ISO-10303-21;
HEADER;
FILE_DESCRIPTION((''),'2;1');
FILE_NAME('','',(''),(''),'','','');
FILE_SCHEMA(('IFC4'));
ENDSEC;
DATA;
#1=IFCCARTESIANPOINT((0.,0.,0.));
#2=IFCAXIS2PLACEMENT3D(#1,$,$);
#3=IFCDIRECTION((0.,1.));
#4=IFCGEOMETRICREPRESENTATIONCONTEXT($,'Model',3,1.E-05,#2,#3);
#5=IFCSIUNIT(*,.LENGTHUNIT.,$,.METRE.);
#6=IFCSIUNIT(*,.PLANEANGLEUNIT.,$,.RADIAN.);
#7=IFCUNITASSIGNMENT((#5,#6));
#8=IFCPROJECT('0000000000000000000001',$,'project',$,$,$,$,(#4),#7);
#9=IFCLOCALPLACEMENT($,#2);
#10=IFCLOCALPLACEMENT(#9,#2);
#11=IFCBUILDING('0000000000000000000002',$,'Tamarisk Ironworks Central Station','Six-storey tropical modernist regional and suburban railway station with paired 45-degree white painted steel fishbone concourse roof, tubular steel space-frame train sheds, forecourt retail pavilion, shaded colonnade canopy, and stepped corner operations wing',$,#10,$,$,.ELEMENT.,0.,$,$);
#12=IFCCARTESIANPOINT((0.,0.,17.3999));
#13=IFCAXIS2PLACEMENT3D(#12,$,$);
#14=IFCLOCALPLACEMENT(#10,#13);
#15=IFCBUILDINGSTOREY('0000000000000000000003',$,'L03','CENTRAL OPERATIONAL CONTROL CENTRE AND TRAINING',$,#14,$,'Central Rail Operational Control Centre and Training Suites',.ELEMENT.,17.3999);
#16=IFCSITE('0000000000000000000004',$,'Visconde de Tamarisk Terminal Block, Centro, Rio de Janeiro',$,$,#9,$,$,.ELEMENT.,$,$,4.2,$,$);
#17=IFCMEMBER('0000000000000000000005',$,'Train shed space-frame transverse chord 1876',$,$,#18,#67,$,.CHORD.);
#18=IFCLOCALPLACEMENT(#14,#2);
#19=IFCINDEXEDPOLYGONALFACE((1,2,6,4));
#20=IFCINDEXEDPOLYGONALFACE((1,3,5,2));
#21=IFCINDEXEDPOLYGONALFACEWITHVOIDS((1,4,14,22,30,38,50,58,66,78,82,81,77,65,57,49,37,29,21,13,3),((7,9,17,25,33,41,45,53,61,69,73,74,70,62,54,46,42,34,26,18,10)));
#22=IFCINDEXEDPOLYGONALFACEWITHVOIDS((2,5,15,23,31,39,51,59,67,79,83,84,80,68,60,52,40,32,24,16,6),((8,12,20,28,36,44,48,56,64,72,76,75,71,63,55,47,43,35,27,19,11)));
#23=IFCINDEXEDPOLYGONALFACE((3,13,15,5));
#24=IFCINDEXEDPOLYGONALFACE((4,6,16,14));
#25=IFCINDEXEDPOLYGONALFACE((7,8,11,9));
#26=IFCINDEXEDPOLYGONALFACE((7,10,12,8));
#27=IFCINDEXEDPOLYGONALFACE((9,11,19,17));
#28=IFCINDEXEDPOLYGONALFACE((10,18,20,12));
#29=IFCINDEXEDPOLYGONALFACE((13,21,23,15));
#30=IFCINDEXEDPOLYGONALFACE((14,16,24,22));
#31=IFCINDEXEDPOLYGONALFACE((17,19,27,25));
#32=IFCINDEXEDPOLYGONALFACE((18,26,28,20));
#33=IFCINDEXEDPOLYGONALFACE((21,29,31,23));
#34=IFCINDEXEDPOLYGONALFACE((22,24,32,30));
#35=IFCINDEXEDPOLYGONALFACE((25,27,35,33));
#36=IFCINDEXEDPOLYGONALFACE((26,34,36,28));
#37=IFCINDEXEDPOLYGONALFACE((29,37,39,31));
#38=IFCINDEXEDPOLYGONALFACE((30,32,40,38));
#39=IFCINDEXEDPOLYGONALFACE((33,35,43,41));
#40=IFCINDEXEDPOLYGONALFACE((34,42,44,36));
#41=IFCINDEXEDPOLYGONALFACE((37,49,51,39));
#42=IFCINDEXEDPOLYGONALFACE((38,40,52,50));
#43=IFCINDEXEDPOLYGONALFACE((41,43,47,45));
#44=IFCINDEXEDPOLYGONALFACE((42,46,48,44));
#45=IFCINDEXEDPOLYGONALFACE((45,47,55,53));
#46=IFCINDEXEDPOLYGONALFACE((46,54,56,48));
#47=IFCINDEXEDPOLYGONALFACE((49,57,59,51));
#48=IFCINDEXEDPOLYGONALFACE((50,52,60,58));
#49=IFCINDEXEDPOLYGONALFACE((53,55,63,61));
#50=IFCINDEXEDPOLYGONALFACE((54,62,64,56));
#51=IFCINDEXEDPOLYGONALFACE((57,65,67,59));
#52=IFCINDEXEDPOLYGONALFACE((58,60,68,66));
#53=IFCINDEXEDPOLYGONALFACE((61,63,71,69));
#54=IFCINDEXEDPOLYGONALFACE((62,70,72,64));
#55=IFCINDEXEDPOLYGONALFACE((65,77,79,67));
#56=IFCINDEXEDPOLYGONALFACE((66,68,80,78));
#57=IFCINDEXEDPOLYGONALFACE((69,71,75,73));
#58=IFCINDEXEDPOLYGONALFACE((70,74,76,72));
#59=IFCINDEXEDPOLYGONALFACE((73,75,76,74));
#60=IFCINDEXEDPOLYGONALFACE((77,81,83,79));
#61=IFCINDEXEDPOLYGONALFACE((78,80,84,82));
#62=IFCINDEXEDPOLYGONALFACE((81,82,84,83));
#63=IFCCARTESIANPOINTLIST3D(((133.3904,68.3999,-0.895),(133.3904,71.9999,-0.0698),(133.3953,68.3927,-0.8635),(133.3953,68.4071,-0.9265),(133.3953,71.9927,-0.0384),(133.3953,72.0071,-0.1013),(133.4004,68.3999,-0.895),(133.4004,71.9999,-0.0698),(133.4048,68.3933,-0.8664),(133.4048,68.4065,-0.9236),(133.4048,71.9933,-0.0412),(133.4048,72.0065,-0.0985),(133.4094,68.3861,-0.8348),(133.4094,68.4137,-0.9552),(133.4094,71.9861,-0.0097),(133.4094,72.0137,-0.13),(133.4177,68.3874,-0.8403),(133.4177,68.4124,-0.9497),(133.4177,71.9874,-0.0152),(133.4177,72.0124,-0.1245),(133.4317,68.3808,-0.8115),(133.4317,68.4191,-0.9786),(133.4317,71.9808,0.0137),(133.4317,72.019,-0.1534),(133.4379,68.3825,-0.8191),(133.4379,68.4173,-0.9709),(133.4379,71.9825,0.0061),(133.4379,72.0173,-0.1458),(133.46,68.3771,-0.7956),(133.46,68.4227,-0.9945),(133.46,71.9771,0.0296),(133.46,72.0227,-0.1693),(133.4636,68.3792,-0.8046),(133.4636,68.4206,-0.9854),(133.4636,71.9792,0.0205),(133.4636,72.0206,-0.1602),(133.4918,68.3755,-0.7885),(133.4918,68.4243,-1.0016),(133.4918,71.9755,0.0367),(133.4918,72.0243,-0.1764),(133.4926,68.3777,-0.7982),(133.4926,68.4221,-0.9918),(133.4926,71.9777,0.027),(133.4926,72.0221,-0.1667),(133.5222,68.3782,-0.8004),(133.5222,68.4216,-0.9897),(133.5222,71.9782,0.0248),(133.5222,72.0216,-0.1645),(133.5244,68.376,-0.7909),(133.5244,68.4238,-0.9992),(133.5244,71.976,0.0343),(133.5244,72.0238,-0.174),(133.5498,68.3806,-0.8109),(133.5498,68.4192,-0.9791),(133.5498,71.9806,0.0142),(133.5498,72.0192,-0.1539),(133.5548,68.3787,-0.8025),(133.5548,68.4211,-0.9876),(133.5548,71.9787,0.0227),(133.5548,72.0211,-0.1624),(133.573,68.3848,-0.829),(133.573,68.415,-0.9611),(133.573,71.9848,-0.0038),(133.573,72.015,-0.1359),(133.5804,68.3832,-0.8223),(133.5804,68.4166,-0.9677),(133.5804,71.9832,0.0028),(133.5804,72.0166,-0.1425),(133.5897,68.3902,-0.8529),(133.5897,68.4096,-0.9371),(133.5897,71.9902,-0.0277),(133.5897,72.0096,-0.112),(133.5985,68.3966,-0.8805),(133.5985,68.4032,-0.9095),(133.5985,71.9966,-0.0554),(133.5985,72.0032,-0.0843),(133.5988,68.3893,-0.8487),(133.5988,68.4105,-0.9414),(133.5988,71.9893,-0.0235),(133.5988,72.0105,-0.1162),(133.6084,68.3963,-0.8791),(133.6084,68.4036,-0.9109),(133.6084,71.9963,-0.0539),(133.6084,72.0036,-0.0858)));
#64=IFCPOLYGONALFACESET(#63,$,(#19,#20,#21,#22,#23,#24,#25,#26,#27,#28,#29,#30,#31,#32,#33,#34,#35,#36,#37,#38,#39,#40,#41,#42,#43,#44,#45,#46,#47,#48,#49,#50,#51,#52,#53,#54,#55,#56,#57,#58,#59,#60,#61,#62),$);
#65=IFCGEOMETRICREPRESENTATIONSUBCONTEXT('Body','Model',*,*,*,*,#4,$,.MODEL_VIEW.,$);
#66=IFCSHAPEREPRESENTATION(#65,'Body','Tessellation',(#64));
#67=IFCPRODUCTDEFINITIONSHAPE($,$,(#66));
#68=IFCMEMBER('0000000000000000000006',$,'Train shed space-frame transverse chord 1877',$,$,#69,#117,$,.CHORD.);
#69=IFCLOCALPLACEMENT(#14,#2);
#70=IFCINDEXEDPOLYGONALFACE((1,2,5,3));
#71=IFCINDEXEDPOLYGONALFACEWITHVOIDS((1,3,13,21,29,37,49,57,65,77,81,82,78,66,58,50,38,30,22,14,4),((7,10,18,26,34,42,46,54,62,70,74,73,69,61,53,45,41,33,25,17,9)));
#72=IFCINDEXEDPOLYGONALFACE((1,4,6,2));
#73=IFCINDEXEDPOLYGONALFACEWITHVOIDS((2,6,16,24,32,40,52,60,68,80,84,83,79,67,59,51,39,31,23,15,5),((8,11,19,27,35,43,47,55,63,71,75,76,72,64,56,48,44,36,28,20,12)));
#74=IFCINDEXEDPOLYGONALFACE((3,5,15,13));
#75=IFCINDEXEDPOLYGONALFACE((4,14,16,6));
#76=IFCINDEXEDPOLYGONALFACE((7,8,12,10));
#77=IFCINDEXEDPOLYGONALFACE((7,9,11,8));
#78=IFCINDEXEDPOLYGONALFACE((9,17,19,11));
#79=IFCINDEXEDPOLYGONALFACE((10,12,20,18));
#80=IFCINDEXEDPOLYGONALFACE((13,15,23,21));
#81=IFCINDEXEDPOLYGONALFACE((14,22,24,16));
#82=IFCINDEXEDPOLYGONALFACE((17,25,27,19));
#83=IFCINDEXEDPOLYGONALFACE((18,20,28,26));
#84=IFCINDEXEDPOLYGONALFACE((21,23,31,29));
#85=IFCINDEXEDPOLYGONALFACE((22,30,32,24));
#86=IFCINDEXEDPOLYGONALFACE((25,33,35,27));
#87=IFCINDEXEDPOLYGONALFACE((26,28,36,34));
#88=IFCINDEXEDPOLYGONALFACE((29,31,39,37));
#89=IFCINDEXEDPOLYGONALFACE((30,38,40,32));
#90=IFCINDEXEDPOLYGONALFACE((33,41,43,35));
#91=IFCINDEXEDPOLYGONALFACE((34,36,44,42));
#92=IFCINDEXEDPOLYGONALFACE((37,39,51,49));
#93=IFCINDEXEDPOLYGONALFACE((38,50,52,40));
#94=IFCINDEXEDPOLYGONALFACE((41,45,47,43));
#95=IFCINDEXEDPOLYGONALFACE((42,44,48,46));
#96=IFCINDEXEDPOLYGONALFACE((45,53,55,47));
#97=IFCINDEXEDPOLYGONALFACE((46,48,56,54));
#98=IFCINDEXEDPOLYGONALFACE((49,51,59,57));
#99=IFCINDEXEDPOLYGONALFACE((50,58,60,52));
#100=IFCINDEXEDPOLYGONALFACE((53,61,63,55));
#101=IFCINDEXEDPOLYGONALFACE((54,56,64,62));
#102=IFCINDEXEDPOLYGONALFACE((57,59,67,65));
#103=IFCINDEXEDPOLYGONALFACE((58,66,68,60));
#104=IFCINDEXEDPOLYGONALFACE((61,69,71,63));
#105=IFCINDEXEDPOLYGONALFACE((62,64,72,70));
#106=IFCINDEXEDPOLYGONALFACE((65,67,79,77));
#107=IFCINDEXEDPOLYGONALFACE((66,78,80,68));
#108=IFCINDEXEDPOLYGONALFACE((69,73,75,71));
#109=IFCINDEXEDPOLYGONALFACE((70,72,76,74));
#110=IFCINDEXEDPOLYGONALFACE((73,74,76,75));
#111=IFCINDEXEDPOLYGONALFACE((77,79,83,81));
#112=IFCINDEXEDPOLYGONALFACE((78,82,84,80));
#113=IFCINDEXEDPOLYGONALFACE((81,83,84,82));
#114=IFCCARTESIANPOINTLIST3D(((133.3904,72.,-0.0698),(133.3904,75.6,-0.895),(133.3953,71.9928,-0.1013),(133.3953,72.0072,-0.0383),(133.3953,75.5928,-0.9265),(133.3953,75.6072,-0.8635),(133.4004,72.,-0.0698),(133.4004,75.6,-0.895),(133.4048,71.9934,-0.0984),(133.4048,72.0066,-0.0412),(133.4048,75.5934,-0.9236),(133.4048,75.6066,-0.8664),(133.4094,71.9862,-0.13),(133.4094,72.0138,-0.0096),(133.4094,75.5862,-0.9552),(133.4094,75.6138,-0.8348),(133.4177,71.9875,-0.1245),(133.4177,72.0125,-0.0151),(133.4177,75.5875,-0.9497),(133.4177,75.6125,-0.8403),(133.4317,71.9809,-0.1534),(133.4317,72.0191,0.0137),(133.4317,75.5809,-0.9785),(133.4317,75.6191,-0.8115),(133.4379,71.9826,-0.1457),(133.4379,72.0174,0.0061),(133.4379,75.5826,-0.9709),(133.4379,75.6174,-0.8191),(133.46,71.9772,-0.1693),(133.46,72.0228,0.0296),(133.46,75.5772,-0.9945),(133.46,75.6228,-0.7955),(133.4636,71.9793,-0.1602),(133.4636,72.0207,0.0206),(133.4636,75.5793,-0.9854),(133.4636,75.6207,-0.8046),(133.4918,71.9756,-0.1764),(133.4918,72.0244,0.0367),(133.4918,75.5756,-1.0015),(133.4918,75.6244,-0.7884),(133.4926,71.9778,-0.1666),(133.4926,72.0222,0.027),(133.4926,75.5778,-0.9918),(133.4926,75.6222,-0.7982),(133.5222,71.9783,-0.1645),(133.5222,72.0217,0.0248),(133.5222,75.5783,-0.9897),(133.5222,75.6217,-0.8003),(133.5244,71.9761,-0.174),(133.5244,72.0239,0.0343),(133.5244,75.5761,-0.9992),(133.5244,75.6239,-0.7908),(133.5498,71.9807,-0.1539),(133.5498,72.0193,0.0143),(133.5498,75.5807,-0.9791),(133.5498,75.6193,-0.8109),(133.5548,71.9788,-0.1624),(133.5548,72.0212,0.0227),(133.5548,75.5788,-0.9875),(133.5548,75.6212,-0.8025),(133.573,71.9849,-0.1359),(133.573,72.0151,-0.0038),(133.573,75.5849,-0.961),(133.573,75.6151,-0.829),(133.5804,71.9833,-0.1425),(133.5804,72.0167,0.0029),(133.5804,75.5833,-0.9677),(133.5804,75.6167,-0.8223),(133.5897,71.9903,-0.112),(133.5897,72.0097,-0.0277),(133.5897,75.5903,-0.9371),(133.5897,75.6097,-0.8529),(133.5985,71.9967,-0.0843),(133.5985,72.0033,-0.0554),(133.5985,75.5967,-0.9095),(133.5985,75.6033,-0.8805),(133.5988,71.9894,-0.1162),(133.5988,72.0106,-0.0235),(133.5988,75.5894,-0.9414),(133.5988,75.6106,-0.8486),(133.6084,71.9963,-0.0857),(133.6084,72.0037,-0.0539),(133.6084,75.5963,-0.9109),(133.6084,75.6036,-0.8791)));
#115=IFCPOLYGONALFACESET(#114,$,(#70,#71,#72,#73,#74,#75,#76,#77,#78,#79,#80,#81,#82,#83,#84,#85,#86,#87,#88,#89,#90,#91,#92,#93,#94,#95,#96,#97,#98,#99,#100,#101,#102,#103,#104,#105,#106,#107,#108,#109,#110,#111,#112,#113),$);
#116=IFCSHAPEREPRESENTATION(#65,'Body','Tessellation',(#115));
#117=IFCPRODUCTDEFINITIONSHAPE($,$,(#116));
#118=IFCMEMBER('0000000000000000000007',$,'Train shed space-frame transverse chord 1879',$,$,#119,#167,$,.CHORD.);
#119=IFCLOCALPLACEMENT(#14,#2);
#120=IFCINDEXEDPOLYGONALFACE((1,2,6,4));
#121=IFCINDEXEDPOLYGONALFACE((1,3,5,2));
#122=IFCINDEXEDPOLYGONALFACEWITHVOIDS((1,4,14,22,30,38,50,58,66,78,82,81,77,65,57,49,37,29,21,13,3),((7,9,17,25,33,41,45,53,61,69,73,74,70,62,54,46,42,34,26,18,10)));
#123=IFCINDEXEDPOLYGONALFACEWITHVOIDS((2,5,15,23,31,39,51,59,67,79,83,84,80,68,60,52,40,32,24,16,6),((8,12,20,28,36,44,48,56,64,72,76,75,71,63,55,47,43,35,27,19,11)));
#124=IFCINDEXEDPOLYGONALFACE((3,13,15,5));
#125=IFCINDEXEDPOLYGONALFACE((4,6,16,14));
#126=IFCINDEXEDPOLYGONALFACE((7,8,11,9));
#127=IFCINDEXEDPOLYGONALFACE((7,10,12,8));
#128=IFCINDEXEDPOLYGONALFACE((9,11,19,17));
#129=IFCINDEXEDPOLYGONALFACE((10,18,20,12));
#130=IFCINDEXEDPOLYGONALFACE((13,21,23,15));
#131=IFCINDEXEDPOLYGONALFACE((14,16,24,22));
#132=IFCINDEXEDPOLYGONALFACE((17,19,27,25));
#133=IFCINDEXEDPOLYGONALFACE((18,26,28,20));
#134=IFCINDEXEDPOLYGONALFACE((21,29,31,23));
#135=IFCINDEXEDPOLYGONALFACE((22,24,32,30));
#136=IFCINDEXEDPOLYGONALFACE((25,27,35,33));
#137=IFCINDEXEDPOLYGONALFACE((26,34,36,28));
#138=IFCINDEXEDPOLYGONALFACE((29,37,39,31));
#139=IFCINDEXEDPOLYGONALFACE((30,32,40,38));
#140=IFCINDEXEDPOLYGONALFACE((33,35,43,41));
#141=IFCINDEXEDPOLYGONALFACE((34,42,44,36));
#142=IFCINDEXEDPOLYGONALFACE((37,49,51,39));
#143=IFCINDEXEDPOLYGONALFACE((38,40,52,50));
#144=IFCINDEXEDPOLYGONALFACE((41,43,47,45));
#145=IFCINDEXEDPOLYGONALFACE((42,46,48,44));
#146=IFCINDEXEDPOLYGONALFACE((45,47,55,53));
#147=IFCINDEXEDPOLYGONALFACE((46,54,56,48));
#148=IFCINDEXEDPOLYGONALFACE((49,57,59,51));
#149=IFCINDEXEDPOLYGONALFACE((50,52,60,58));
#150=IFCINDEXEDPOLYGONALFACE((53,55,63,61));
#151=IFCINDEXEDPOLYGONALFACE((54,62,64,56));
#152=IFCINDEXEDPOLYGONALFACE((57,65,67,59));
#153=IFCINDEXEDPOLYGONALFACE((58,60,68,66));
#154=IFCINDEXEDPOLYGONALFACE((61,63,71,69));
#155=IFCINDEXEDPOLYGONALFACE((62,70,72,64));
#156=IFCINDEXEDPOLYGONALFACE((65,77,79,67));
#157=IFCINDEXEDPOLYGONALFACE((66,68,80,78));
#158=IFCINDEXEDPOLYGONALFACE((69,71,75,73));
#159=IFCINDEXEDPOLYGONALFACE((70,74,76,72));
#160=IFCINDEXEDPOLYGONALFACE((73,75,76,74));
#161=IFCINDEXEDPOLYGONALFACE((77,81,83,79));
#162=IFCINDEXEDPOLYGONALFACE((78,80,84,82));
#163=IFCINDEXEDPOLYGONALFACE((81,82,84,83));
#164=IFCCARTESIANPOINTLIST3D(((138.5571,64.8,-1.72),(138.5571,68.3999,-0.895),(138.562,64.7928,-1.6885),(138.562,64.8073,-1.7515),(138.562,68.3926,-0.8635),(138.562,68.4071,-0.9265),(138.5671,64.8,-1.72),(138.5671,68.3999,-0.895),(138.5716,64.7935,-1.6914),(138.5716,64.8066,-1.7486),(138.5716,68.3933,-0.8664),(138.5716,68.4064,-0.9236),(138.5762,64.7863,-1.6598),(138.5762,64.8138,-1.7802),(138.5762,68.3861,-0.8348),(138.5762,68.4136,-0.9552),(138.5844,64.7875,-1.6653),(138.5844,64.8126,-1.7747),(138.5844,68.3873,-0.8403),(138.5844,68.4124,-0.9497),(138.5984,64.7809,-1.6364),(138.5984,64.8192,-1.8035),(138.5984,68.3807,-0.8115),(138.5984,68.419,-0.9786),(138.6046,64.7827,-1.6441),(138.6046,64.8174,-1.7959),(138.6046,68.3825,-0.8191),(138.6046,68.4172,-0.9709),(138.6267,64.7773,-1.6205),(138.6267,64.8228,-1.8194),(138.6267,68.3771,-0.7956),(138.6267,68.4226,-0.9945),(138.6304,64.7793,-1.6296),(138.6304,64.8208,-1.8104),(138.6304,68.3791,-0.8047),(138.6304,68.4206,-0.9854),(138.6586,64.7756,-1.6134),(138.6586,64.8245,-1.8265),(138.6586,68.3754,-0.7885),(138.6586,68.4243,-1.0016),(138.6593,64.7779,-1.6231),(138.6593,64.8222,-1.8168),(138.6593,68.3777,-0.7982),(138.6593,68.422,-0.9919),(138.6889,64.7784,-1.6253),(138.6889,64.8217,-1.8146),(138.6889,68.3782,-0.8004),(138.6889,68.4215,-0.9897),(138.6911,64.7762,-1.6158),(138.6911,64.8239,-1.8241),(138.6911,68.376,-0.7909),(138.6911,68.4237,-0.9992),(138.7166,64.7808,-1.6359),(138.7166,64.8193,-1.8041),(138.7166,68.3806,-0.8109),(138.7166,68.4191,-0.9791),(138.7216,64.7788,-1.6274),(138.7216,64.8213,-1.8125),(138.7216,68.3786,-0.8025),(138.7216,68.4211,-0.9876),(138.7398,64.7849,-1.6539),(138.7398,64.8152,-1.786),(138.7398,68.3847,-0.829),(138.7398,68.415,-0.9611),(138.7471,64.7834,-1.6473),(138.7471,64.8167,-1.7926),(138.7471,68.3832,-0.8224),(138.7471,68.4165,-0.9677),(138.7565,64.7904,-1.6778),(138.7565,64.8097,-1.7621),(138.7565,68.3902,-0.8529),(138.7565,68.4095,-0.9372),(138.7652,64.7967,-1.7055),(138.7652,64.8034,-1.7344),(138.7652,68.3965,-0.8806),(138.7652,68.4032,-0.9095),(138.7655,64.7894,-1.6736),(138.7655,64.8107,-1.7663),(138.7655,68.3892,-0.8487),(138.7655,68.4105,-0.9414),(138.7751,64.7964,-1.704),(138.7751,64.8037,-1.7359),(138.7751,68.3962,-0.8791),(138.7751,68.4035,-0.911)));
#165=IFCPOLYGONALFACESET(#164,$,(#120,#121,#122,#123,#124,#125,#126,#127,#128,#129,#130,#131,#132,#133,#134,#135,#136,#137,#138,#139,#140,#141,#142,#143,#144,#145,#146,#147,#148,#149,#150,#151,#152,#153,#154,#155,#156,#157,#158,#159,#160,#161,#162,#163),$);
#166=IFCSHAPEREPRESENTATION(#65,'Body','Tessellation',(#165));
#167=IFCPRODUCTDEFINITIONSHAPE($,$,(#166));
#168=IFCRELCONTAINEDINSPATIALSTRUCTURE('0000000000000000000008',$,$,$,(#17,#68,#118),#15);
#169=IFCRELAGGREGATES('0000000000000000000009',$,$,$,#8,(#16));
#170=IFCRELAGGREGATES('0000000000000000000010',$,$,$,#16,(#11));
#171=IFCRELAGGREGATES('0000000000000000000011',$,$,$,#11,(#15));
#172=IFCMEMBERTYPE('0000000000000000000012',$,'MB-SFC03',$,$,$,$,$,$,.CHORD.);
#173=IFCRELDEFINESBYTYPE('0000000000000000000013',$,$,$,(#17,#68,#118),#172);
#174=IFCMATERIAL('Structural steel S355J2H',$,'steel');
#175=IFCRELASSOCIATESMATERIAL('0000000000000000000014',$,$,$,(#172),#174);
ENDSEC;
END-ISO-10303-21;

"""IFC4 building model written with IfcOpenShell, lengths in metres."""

from ifc_helpers import new_model, si_unit, direction, frame, origin, origin_2d, place, context, subcontext, project, spatial, hollow_circle, extrude, material, material_profile, profile_set, type_object, element, save


model = new_model("IFC4")

# Units and contexts
model_context = context("Model", 3, precision=1e-05, world=origin(), true_north=direction((0.0, 1.0)))
body_context = subcontext(model_context, "Body", "Model", "MODEL_VIEW")
ifc_project = project(units=[si_unit("LENGTHUNIT", "METRE"), si_unit("PLANEANGLEUNIT", "RADIAN")], contexts=[model_context])

# Site, building, storey
site_placement = place(None, origin())
site = spatial("IfcSite", under=ifc_project, at=site_placement, Name="Visconde de Tamarisk Terminal Block, Centro, Rio de Janeiro", CompositionType="ELEMENT", RefElevation=4.2)
building_placement = place(site_placement, origin())
building = spatial("IfcBuilding", under=site, at=building_placement, Name="Tamarisk Ironworks Central Station", Description="Six-storey tropical modernist regional and suburban railway station with paired 45-degree white painted steel fishbone concourse roof, tubular steel space-frame train sheds, forecourt retail pavilion, shaded colonnade canopy, and stepped corner operations wing", CompositionType="ELEMENT", ElevationOfRefHeight=0.0)
storey_placement = place(building_placement, frame((0.0, 0.0, 17.3999)))
storey = spatial("IfcBuildingStorey", under=building, at=storey_placement, Name="L03", Description="CENTRAL OPERATIONAL CONTROL CENTRE AND TRAINING", LongName="Central Rail Operational Control Centre and Training Suites", CompositionType="ELEMENT", Elevation=17.3999)

# Members
ifc_material = material(Name="Structural steel S355J2H", Category="steel")
ifc_material_profile_1 = material_profile(ifc_material, hollow_circle(Radius=0.1096, WallThickness=0.01, at=origin_2d()), Name="CHS 219.1x10")
ifc_profile_set_1 = profile_set([ifc_material_profile_1], Name="Structural steel S355J2H")
member_type_1 = type_object("IfcMemberType", Name="MB-SFC03", PredefinedType="CHORD", material=ifc_profile_set_1)
for number, where, z_axis, x_axis, name in (
    (1, (133.5, 68.3999, -0.895), (0.0, 0.974722, 0.223421), (-1.0, 0.0, 0.0), "Train shed space-frame transverse chord 1876"),
    (2, (133.5, 72.0, -0.0698), (0.0, 0.974722, -0.223421), (-1.0, 0.0, 0.0), "Train shed space-frame transverse chord 1877"),
):
    element("IfcMember", number, at=place(storey_placement, frame(where, z_axis=z_axis, x_axis=x_axis)), inside=storey, type_object=member_type_1, Name=name, PredefinedType="CHORD", context=body_context, shape_type="SweptSolid", body=[
        extrude(hollow_circle(Radius=0.1096, WallThickness=0.01, at=origin_2d()), origin(), (0.0, 0.0, 1.0), 3.6934),
    ])
member_1_placement = place(storey_placement, frame((138.6667, 64.8, -1.72), z_axis=(0.0, 0.974733, 0.223372), x_axis=(-1.0, 0.0, 0.0)))
element("IfcMember", 3, at=member_1_placement, inside=storey, type_object=member_type_1, Name="Train shed space-frame transverse chord 1879", PredefinedType="CHORD", context=body_context, shape_type="SweptSolid", body=[
    extrude(hollow_circle(Radius=0.1096, WallThickness=0.01, at=origin_2d()), origin(), (0.0, 0.0, 1.0), 3.6931),
])

save(model, "model.ifc")
